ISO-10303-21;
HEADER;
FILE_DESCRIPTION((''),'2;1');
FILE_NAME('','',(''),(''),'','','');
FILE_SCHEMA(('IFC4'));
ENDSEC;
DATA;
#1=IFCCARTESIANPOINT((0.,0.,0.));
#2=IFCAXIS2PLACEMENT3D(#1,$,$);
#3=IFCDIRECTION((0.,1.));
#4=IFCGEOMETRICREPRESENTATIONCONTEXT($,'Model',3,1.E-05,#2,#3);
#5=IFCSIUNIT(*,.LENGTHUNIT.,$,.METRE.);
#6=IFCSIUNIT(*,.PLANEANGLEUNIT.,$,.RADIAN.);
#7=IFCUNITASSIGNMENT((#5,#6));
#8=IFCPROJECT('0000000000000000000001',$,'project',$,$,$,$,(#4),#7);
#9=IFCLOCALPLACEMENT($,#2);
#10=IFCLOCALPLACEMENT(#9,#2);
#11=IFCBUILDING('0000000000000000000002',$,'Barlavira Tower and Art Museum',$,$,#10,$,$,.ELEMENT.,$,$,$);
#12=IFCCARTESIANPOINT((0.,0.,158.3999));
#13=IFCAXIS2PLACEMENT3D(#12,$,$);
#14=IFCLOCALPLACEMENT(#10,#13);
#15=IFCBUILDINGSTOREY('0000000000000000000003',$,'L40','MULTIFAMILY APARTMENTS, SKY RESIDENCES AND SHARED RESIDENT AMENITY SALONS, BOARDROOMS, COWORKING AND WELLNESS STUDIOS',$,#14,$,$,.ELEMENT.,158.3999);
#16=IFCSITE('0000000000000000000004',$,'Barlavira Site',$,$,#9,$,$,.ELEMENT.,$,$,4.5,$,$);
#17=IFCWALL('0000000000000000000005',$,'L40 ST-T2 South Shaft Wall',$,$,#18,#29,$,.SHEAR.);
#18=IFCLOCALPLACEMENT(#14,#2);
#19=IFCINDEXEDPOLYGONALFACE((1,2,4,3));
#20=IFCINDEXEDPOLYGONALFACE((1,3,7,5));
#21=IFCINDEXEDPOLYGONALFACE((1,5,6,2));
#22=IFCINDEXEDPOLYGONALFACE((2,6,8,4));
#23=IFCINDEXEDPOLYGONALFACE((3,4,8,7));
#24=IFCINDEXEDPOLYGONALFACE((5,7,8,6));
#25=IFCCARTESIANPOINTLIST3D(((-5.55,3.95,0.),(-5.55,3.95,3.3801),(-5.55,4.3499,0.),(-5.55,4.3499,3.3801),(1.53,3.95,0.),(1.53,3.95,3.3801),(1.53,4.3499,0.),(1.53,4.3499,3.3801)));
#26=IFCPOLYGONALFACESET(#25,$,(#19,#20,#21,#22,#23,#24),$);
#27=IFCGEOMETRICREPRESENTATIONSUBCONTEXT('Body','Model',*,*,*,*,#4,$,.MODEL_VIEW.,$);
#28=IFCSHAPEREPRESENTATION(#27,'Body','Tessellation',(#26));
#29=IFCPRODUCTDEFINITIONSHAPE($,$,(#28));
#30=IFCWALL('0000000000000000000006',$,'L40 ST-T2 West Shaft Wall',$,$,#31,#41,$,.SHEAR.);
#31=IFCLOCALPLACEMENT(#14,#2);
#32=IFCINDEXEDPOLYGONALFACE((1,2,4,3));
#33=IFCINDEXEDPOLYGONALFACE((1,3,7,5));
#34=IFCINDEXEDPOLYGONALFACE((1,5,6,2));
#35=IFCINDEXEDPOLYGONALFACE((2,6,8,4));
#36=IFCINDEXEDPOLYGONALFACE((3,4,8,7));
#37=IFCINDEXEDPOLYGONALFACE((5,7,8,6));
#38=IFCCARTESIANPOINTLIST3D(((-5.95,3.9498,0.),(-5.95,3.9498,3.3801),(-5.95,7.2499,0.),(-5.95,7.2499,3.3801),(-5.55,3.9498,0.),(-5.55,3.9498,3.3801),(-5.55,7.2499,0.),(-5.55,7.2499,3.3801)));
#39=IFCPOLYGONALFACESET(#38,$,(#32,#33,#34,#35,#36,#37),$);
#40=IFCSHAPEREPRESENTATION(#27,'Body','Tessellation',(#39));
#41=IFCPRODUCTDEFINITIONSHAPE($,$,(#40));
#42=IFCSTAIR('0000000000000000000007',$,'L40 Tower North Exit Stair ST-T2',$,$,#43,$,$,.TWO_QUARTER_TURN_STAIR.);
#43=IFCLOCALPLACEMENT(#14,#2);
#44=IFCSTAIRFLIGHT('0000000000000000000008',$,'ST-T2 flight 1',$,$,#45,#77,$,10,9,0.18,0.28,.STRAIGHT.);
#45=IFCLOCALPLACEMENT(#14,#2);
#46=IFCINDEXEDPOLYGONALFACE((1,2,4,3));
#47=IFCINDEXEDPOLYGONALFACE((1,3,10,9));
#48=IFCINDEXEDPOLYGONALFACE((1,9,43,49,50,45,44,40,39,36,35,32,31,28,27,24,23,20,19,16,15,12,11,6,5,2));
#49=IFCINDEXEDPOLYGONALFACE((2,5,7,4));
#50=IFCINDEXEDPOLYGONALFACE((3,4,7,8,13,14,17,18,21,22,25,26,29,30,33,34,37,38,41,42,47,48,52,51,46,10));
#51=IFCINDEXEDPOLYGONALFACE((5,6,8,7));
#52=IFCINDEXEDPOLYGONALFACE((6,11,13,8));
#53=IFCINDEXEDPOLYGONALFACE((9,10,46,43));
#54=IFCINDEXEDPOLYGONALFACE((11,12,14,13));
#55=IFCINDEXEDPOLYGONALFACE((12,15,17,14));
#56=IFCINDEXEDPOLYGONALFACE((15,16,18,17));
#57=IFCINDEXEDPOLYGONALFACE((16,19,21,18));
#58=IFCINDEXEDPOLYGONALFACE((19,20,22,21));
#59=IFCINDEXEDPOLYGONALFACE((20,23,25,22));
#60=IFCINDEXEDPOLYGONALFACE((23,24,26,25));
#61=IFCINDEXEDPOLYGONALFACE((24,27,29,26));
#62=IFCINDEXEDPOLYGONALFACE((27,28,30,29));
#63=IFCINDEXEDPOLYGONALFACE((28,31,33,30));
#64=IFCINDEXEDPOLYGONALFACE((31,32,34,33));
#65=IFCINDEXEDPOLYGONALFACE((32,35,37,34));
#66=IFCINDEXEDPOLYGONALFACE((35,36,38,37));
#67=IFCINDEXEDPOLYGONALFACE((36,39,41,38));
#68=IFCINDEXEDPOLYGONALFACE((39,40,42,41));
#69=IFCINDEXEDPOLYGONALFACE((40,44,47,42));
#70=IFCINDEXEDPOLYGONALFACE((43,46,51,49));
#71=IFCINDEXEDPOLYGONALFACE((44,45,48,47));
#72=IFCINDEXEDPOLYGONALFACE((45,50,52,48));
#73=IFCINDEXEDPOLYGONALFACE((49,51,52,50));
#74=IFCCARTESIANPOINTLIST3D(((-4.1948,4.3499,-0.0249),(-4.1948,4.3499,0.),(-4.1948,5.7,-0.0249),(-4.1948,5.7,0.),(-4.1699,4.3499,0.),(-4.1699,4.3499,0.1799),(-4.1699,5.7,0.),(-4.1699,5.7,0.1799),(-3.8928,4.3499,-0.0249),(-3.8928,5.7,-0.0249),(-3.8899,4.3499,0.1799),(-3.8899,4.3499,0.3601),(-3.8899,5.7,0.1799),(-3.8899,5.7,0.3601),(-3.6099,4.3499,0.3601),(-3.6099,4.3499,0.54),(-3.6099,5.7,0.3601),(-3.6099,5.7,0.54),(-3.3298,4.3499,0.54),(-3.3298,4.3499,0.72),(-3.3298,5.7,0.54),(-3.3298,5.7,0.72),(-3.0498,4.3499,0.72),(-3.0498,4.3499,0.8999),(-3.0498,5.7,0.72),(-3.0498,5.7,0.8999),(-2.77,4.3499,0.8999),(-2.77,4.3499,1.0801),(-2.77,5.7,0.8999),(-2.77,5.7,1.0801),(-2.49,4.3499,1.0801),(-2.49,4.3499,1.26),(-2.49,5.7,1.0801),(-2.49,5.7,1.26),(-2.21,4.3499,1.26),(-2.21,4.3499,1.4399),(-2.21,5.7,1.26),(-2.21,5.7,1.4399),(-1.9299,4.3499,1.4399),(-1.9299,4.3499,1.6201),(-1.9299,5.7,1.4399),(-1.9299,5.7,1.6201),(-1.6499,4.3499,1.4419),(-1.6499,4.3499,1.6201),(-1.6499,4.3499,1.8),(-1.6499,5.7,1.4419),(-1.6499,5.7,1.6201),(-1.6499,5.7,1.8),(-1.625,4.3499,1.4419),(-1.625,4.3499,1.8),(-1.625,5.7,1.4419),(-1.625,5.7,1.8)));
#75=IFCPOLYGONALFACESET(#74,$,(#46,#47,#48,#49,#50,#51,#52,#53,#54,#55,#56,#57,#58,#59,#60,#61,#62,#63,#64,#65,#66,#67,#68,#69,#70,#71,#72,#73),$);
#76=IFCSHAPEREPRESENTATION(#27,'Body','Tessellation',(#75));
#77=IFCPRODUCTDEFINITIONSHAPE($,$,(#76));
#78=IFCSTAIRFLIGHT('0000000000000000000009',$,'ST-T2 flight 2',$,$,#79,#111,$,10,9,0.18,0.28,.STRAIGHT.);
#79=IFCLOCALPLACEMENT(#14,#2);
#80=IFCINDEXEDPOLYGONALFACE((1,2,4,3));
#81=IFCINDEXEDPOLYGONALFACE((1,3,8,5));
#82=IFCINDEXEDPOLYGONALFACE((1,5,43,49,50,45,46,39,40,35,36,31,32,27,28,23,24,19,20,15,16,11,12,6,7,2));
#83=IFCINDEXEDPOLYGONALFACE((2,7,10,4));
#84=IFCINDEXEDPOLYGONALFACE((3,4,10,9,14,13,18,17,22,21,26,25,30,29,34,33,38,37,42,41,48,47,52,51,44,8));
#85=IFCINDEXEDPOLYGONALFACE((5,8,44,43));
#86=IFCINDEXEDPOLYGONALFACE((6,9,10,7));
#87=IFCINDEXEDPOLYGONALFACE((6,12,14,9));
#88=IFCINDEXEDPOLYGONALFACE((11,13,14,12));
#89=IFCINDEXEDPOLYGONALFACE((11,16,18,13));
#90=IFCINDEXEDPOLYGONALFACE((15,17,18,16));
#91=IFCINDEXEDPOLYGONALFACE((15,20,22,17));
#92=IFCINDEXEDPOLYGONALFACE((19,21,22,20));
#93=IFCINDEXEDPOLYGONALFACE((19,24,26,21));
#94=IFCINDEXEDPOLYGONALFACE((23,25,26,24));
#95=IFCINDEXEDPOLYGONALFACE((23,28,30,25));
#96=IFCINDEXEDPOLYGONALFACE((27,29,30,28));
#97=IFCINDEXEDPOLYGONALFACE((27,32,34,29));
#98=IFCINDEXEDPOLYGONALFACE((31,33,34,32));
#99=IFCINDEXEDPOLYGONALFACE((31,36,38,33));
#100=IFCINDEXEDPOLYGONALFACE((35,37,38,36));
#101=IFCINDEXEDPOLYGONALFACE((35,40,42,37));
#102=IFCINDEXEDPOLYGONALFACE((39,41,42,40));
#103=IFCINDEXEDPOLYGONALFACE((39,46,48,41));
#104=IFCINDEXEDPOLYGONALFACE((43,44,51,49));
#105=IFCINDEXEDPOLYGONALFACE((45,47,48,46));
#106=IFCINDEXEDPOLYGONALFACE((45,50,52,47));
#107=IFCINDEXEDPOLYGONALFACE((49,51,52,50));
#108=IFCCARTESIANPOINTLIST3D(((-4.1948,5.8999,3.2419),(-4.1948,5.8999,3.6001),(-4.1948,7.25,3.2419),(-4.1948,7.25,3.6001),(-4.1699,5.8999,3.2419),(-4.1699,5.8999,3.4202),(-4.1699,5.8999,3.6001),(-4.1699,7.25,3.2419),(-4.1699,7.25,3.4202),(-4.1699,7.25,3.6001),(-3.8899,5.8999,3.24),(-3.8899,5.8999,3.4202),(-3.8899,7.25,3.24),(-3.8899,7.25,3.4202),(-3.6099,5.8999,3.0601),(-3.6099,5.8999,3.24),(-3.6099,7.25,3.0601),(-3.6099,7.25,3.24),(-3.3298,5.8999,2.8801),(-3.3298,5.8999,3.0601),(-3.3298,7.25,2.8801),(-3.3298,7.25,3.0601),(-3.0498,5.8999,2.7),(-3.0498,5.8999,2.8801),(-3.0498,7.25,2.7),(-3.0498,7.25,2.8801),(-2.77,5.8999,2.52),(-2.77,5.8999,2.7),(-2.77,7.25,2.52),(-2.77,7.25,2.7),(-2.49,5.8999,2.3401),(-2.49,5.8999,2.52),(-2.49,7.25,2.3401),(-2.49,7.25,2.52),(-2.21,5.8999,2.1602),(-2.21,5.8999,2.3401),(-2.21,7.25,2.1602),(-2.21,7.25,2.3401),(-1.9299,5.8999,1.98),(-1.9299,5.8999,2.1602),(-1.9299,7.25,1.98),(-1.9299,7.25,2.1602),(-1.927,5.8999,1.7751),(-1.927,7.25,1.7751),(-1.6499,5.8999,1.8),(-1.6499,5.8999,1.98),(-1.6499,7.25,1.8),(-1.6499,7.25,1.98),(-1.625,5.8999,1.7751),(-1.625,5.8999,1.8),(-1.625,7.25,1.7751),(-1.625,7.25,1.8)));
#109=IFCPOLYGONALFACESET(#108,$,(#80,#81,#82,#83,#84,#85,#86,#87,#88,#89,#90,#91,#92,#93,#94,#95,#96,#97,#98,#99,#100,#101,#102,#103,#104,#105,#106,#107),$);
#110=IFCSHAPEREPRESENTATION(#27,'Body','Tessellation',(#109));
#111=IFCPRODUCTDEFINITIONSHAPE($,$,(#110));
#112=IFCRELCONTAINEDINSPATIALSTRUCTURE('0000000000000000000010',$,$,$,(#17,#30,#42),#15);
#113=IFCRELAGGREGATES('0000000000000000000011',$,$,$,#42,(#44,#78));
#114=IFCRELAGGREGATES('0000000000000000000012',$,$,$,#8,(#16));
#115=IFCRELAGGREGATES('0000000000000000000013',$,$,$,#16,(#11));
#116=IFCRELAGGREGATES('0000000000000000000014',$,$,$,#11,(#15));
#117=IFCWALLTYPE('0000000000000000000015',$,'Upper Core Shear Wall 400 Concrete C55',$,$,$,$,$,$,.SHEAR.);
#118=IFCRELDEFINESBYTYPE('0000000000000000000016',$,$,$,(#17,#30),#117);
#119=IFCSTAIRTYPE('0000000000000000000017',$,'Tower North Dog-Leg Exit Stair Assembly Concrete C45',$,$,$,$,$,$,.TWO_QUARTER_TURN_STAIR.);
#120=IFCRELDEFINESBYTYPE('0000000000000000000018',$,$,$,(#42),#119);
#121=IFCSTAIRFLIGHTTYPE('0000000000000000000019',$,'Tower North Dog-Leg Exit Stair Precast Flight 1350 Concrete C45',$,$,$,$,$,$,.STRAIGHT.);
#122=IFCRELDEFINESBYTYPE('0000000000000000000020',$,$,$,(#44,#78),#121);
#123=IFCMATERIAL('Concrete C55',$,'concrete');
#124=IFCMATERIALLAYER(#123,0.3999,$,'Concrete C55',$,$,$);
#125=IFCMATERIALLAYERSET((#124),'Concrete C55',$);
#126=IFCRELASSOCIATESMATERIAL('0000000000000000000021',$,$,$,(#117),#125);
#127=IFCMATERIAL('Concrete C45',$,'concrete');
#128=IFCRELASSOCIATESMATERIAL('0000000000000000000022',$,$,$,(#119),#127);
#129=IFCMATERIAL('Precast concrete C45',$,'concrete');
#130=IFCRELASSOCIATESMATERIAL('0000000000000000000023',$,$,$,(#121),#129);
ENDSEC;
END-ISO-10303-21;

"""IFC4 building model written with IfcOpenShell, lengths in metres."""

from ifc_helpers import new_model, si_unit, direction, frame, frame_2d, origin, place, context, subcontext, project, spatial, polyline, rectangle, outline, extrude, material, layer, layer_set, type_object, element, aggregate, save


model = new_model("IFC4")

# Units and contexts
model_context = context("Model", 3, precision=1e-05, world=origin(), true_north=direction((0.0, 1.0)))
body_context = subcontext(model_context, "Body", "Model", "MODEL_VIEW")
ifc_project = project(units=[si_unit("LENGTHUNIT", "METRE"), si_unit("PLANEANGLEUNIT", "RADIAN")], contexts=[model_context])

# Site, building, storey
site_placement = place(None, origin())
site = spatial("IfcSite", under=ifc_project, at=site_placement, Name="Barlavira Site", CompositionType="ELEMENT", RefElevation=4.5)
building_placement = place(site_placement, origin())
building = spatial("IfcBuilding", under=site, at=building_placement, Name="Barlavira Tower and Art Museum", CompositionType="ELEMENT")
storey_placement = place(building_placement, frame((0.0, 0.0, 158.3999)))
storey = spatial("IfcBuildingStorey", under=building, at=storey_placement, Name="L40", Description="MULTIFAMILY APARTMENTS, SKY RESIDENCES AND SHARED RESIDENT AMENITY SALONS, BOARDROOMS, COWORKING AND WELLNESS STUDIOS", CompositionType="ELEMENT", Elevation=158.3999)

# Shared definitions
ifc_material_1 = material(Name="Concrete C45", Category="concrete")

# Walls
ifc_material_2 = material(Name="Concrete C55", Category="concrete")
ifc_layer_1 = layer(ifc_material_2, 0.3999, Name="Concrete C55")
ifc_layer_set_1 = layer_set([ifc_layer_1], Name="Concrete C55")
wall_type_1 = type_object("IfcWallType", Name="Upper Core Shear Wall 400 Concrete C55", PredefinedType="SHEAR", material=ifc_layer_set_1)
wall_1_placement = place(storey_placement, frame((-5.55, 4.1499, 0.0), z_axis=(0.0, 0.0, 1.0), x_axis=(1.0, 0.0, 0.0)))
element("IfcWall", 1, at=wall_1_placement, inside=storey, type_object=wall_type_1, Name="L40 ST-T2 South Shaft Wall", PredefinedType="SHEAR", context=body_context, shape_type="SweptSolid", body=[
    extrude(rectangle(XDim=7.0801, YDim=0.3999, at=frame_2d((3.54, 0.0))), origin(), (0.0, 0.0, 1.0), 3.3801),
])
wall_2_placement = place(storey_placement, frame((-5.75, 3.95, 0.0), z_axis=(0.0, 0.0, 1.0), x_axis=(0.0, 1.0, 0.0)))
element("IfcWall", 2, at=wall_2_placement, inside=storey, type_object=wall_type_1, Name="L40 ST-T2 West Shaft Wall", PredefinedType="SHEAR", context=body_context, shape_type="SweptSolid", body=[
    extrude(rectangle(XDim=3.3, YDim=0.3999, at=frame_2d((1.6499, 0.0))), origin(), (0.0, 0.0, 1.0), 3.3801),
])

# Stair, stair flights
stair_type_1 = type_object("IfcStairType", Name="Tower North Dog-Leg Exit Stair Assembly Concrete C45", PredefinedType="TWO_QUARTER_TURN_STAIR", material=ifc_material_1)
stair_1_placement = place(storey_placement, origin())
stair_1 = element("IfcStair", 3, at=stair_1_placement, inside=storey, type_object=stair_type_1, Name="L40 Tower North Exit Stair ST-T2", PredefinedType="TWO_QUARTER_TURN_STAIR")
ifc_material_3 = material(Name="Precast concrete C45", Category="concrete")
stair_flight_type = type_object("IfcStairFlightType", Name="Tower North Dog-Leg Exit Stair Precast Flight 1350 Concrete C45", PredefinedType="STRAIGHT", material=ifc_material_3)
stair_flight_1_placement = place(storey_placement, frame((-4.1699, 5.0249, 0.0), z_axis=(0.0, 0.0, 1.0), x_axis=(1.0, 0.0, 0.0)))
stair_flight_1 = element("IfcStairFlight", 4, at=stair_flight_1_placement, type_object=stair_flight_type, Name="ST-T2 flight 1", NumberOfRisers=10, NumberOfTreads=9, PredefinedType="STRAIGHT", RiserHeight=0.18, TreadLength=0.28, context=body_context, shape_type="SweptSolid", body=[
    extrude(outline(polyline([(-0.0249, 0.0), (0.0, 0.0), (0.0, 0.1799), (0.28, 0.1799), (0.28, 0.3601), (0.5601, 0.3601), (0.5601, 0.54), (0.8401, 0.54), (0.8401, 0.72), (1.1201, 0.72), (1.1201, 0.8999), (1.3999, 0.8999), (1.3999, 1.0801), (1.6799, 1.0801), (1.6799, 1.26), (1.96, 1.26), (1.96, 1.4399), (2.24, 1.4399), (2.24, 1.6201), (2.52, 1.6201), (2.52, 1.8), (2.5449, 1.8), (2.5449, 1.4419), (2.52, 1.4419), (0.2771, -0.0249), (-0.0249, -0.0249), (-0.0249, 0.0)])), frame((0.0, 0.675, 0.0), z_axis=(0.0, -1.0, 0.0), x_axis=(1.0, 0.0, 0.0)), (0.0, 0.0, 1.0), 1.3501),
])
stair_flight_2_placement = place(storey_placement, frame((-1.6499, 6.575, 1.8), z_axis=(0.0, 0.0, 1.0), x_axis=(-1.0, 0.0, 0.0)))
stair_flight_2 = element("IfcStairFlight", 5, at=stair_flight_2_placement, type_object=stair_flight_type, Name="ST-T2 flight 2", NumberOfRisers=10, NumberOfTreads=9, PredefinedType="STRAIGHT", RiserHeight=0.18, TreadLength=0.28, context=body_context, shape_type="SweptSolid", body=[
    extrude(outline(polyline([(-0.0249, 0.0), (0.0, 0.0), (0.0, 0.1799), (0.28, 0.1799), (0.28, 0.3601), (0.5601, 0.3601), (0.5601, 0.54), (0.8401, 0.54), (0.8401, 0.72), (1.1201, 0.72), (1.1201, 0.8999), (1.3999, 0.8999), (1.3999, 1.0801), (1.6799, 1.0801), (1.6799, 1.26), (1.96, 1.26), (1.96, 1.4399), (2.24, 1.4399), (2.24, 1.6201), (2.52, 1.6201), (2.52, 1.8), (2.5449, 1.8), (2.5449, 1.4419), (2.52, 1.4419), (0.2771, -0.0249), (-0.0249, -0.0249), (-0.0249, 0.0)])), frame((0.0, 0.675, 0.0), z_axis=(0.0, -1.0, 0.0), x_axis=(1.0, 0.0, 0.0)), (0.0, 0.0, 1.0), 1.3501),
])
aggregate(stair_1, [stair_flight_1, stair_flight_2])

save(model, "model.ifc")
